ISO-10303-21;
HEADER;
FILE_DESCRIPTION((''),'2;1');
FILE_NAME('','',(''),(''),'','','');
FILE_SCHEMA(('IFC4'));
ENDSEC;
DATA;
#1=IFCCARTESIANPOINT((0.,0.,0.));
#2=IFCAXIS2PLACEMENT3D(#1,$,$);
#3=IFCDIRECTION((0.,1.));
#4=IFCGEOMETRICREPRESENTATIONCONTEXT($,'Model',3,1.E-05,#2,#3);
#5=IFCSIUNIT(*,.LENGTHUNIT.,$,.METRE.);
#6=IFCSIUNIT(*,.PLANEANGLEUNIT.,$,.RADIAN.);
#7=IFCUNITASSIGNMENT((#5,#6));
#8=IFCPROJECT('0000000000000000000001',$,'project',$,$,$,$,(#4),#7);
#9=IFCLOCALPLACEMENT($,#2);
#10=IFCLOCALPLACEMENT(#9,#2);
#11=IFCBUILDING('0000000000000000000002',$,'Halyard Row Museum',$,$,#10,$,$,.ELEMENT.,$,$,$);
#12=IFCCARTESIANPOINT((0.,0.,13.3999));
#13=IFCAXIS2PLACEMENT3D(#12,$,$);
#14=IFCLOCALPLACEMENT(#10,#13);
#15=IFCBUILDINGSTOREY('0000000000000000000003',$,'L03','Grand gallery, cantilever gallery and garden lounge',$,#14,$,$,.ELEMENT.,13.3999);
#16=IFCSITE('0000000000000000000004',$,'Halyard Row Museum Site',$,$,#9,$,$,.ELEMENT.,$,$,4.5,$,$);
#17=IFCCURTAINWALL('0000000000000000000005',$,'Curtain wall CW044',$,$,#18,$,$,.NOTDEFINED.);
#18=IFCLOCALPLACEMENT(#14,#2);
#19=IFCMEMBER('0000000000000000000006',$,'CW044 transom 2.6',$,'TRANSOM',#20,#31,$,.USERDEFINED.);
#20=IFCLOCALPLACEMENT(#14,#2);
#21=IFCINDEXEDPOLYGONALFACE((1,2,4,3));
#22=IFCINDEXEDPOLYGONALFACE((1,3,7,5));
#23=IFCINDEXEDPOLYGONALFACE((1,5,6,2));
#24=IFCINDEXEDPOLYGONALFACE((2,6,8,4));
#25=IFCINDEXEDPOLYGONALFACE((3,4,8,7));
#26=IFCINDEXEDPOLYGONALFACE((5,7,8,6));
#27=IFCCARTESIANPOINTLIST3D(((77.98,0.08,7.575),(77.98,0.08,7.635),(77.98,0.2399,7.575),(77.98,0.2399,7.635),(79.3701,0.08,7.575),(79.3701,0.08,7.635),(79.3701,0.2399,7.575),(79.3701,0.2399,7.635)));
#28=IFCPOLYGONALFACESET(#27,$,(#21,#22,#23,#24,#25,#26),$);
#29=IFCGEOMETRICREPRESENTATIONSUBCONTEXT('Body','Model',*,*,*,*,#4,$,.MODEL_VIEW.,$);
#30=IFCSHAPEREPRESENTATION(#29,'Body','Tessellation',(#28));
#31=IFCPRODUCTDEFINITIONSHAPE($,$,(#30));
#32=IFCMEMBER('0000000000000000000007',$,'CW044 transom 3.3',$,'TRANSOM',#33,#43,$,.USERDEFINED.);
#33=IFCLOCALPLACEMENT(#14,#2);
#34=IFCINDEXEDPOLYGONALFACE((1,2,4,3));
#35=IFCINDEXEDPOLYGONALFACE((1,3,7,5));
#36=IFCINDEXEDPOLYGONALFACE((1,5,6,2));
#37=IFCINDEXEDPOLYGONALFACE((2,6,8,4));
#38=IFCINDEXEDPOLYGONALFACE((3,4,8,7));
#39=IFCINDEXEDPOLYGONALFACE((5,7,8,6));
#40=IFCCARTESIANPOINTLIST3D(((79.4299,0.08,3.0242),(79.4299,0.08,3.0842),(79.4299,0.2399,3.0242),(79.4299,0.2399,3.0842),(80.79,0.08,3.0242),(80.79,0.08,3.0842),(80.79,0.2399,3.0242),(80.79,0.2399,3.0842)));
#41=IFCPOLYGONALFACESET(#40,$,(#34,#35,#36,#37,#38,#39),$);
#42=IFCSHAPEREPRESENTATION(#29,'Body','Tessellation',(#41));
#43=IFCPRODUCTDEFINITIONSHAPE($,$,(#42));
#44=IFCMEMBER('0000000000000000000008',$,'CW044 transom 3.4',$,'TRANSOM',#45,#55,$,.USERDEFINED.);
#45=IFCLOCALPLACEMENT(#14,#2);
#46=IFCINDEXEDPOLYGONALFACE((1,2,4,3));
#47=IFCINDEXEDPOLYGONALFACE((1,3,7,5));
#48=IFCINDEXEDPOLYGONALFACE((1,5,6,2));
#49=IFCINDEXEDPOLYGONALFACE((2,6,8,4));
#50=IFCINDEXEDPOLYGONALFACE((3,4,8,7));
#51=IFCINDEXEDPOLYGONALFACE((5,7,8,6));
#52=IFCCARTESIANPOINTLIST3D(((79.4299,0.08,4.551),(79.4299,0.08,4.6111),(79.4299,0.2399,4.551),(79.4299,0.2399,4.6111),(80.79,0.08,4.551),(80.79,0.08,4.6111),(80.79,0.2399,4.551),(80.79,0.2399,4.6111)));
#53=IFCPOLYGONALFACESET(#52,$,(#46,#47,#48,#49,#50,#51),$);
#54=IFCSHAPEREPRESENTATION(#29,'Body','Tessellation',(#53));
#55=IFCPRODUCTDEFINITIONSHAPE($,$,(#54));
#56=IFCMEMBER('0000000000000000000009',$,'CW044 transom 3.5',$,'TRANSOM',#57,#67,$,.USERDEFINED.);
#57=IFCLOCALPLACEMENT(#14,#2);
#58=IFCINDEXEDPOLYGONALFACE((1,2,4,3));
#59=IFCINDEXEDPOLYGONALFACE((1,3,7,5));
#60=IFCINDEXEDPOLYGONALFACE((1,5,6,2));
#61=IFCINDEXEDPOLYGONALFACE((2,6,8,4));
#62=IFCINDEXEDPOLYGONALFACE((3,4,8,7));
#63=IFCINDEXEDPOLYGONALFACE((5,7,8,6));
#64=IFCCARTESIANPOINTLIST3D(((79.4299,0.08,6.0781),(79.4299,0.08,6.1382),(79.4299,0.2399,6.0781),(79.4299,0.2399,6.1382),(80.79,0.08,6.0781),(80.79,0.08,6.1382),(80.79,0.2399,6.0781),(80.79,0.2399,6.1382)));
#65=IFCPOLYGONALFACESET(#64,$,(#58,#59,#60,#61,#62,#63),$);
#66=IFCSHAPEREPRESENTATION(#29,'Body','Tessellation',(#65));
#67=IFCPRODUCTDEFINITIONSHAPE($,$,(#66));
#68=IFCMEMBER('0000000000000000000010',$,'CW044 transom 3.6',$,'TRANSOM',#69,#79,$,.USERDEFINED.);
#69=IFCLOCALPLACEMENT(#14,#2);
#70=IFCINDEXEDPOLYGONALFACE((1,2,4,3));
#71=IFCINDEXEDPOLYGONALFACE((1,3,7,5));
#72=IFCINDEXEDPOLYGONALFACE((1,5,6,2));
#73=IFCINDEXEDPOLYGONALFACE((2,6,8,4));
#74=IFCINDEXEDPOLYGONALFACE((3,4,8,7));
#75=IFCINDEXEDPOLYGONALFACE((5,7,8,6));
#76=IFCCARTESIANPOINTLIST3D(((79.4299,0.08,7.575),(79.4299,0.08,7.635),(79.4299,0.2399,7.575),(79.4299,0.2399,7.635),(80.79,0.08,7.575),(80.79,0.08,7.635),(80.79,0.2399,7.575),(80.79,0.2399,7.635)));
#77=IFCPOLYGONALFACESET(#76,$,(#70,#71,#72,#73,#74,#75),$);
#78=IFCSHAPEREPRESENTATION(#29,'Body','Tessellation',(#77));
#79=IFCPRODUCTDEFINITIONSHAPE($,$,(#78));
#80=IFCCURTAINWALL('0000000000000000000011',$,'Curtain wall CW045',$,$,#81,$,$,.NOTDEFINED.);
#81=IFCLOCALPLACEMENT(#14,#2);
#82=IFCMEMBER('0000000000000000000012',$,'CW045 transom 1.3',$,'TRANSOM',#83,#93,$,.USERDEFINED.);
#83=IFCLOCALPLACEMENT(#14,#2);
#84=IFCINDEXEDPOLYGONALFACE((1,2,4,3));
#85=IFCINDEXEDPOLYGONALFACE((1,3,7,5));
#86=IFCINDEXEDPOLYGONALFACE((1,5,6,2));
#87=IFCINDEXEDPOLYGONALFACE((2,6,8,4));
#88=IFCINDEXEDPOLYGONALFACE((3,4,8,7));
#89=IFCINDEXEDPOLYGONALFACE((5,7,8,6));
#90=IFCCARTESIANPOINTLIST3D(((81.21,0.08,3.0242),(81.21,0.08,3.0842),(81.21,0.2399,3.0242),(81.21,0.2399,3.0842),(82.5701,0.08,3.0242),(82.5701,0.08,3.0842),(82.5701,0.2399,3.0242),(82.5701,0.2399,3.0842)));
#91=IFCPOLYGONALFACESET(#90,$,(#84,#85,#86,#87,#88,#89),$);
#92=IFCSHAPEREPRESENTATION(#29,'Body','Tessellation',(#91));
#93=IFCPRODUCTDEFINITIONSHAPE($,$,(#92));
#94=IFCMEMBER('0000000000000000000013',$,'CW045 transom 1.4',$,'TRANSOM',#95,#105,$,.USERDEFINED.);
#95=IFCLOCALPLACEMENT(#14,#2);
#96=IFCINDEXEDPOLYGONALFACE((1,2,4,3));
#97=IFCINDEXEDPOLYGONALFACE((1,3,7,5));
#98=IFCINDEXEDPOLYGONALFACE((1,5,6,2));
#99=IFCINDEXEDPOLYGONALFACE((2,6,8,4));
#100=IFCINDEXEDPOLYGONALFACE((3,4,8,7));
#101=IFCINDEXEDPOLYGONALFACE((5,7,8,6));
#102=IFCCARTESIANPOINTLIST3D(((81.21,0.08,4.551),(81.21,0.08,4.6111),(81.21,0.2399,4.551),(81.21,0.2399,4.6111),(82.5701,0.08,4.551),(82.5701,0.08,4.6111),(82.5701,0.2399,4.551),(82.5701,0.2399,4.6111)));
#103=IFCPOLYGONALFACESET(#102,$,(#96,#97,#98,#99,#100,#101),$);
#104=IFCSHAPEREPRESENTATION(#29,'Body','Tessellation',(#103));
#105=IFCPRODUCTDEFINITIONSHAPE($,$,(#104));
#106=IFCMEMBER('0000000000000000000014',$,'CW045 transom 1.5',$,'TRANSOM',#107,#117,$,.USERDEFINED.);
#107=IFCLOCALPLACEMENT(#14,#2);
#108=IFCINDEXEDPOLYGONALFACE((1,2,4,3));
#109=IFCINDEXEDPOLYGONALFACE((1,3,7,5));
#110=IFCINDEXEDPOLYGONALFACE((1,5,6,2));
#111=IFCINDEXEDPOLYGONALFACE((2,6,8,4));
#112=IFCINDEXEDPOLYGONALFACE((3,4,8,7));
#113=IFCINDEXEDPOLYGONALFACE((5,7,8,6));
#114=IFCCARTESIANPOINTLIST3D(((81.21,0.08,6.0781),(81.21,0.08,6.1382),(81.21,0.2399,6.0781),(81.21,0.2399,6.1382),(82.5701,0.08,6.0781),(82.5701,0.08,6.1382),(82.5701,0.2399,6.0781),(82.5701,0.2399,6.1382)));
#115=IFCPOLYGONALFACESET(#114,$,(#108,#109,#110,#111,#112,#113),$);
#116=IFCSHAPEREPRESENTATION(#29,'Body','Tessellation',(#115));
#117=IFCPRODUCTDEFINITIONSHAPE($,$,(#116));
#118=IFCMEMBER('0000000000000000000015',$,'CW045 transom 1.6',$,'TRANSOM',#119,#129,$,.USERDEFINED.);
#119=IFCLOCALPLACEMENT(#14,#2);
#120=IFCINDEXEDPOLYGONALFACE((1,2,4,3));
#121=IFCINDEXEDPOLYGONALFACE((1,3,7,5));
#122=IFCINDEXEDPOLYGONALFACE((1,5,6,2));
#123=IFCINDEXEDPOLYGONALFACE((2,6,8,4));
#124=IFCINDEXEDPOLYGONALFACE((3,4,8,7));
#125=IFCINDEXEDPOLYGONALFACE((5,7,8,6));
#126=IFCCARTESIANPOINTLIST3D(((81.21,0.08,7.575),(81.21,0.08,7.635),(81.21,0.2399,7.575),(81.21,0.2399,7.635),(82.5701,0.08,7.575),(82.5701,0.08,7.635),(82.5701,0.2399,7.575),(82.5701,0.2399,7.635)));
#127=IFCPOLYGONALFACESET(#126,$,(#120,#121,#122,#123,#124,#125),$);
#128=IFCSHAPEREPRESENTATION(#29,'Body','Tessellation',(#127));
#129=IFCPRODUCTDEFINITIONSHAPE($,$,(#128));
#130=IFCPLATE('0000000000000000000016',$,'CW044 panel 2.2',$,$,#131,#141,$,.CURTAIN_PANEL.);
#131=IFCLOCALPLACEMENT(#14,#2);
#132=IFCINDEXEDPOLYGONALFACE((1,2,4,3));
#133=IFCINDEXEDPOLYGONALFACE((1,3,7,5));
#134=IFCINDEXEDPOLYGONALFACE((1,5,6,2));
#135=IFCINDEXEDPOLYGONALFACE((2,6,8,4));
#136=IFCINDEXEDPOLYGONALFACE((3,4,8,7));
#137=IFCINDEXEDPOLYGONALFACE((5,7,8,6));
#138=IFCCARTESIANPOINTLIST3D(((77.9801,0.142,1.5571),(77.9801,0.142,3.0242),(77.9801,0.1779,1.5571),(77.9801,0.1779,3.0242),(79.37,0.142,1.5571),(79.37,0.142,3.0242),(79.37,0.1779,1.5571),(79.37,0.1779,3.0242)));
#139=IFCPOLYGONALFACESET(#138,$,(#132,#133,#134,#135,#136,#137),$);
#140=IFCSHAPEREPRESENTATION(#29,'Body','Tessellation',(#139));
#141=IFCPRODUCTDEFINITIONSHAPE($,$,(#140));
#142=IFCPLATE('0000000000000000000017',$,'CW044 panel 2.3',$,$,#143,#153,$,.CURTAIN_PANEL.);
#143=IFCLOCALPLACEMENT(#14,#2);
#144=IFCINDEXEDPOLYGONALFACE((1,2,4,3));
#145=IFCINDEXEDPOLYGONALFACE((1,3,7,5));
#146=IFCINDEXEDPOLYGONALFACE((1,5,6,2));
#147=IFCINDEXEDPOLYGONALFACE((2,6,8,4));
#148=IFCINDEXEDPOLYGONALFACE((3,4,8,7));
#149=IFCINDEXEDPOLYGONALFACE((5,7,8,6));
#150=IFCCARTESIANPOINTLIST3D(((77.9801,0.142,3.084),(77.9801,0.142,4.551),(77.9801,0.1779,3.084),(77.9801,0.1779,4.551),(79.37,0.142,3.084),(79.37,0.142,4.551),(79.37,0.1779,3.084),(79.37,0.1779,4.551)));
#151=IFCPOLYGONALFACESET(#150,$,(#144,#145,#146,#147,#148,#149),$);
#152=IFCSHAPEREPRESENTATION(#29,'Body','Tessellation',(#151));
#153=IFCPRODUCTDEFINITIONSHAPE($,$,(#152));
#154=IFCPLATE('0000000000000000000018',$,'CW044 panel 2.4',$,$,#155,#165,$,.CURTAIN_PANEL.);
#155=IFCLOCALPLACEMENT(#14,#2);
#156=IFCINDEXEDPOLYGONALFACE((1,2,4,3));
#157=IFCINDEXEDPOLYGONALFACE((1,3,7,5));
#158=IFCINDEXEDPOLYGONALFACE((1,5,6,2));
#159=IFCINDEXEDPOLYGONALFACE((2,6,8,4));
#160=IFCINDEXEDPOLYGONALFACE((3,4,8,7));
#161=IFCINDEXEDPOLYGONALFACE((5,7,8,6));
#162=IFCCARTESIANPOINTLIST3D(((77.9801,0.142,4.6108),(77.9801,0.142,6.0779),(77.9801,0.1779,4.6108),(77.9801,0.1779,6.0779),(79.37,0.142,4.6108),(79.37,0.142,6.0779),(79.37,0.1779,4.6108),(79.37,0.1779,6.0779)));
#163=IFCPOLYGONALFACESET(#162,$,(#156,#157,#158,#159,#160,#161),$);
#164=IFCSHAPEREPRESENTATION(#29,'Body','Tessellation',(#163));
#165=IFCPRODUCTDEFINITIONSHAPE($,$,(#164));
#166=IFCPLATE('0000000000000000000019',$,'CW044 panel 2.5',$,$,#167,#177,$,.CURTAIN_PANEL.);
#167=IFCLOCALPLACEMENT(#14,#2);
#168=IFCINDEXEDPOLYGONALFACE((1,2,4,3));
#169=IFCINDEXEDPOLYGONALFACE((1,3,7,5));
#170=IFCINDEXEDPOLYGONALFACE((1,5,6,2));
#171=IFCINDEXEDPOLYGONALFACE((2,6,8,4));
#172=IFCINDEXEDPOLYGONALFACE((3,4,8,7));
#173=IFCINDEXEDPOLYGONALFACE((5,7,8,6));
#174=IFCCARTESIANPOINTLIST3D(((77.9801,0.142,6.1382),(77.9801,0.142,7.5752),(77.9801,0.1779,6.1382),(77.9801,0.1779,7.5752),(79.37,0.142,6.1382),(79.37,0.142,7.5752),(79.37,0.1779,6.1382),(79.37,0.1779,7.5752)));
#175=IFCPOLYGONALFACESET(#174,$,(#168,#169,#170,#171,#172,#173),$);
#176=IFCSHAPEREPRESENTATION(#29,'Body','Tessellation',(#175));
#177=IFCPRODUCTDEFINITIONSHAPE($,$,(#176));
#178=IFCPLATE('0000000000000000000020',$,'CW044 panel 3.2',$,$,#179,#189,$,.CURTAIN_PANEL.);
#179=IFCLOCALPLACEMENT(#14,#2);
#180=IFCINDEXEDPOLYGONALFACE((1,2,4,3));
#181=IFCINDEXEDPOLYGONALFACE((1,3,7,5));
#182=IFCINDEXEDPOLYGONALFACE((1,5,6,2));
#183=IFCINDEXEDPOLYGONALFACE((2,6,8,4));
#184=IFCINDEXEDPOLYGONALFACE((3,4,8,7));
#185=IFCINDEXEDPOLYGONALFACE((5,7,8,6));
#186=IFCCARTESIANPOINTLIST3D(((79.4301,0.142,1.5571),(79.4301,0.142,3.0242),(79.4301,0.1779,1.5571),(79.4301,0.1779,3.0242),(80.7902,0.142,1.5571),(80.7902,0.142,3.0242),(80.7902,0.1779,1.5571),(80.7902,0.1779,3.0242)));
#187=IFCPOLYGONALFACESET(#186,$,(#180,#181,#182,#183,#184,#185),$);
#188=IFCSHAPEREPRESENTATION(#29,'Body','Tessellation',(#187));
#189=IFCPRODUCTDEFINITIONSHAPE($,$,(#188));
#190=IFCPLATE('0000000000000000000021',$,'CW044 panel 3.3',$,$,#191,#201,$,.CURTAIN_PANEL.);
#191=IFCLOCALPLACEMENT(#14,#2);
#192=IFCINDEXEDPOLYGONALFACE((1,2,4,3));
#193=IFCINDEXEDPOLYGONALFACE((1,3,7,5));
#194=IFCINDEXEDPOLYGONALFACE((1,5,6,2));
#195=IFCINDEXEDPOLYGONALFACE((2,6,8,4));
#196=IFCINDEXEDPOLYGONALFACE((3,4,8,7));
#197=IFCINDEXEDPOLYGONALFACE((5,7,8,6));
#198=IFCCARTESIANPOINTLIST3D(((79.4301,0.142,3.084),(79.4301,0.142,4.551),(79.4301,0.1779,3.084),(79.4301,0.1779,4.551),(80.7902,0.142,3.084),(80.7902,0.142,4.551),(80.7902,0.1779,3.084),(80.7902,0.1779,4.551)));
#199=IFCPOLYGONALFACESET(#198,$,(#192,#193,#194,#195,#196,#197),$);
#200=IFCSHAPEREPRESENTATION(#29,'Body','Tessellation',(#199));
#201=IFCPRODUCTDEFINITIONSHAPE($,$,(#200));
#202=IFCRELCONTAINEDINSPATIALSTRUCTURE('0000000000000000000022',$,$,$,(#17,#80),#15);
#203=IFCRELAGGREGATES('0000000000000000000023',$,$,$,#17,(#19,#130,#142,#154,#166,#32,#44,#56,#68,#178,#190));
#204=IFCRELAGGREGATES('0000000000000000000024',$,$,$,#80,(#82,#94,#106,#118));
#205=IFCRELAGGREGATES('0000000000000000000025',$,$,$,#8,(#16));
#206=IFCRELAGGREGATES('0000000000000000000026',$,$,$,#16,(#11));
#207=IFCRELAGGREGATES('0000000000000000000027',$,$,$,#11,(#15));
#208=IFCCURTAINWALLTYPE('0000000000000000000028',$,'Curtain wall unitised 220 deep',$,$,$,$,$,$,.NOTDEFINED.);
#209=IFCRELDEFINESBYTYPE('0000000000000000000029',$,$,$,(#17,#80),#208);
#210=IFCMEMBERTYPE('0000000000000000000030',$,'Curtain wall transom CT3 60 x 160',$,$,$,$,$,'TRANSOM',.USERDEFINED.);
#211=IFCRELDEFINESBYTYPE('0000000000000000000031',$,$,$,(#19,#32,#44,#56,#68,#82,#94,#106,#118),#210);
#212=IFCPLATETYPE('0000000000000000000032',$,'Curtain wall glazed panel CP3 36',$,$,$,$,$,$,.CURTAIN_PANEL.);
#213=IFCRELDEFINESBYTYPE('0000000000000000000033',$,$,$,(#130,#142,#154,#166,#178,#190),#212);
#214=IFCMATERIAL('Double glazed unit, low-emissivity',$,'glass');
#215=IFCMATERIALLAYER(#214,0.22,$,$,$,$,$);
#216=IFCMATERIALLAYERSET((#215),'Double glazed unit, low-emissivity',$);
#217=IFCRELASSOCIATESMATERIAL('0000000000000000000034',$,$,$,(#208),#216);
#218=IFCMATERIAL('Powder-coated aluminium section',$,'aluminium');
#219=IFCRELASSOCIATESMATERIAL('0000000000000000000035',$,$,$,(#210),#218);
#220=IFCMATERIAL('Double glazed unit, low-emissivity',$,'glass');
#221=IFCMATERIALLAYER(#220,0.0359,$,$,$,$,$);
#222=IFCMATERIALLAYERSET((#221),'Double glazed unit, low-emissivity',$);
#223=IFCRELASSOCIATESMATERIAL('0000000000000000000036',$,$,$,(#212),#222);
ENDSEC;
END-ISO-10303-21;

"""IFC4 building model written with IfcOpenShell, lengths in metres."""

from ifc_helpers import new_model, si_unit, direction, frame, origin, origin_2d, place, context, subcontext, project, spatial, rectangle, extrude, material, layer, layer_set, material_profile, profile_set, type_object, element, aggregate, save


model = new_model("IFC4")

# Units and contexts
model_context = context("Model", 3, precision=1e-05, world=origin(), true_north=direction((0.0, 1.0)))
body_context = subcontext(model_context, "Body", "Model", "MODEL_VIEW")
ifc_project = project(units=[si_unit("LENGTHUNIT", "METRE"), si_unit("PLANEANGLEUNIT", "RADIAN")], contexts=[model_context])

# Site, building, storey
site_placement = place(None, origin())
site = spatial("IfcSite", under=ifc_project, at=site_placement, Name="Halyard Row Museum Site", CompositionType="ELEMENT", RefElevation=4.5)
building_placement = place(site_placement, origin())
building = spatial("IfcBuilding", under=site, at=building_placement, Name="Halyard Row Museum", CompositionType="ELEMENT")
storey_placement = place(building_placement, frame((0.0, 0.0, 13.3999)))
storey = spatial("IfcBuildingStorey", under=building, at=storey_placement, Name="L03", Description="Grand gallery, cantilever gallery and garden lounge", CompositionType="ELEMENT", Elevation=13.3999)

# Curtain walls, members
ifc_material_1 = material(Name="Double glazed unit, low-emissivity", Category="glass")
ifc_layer_1 = layer(ifc_material_1, 0.22)
ifc_layer_set_1 = layer_set([ifc_layer_1], Name="Double glazed unit, low-emissivity")
curtain_wall_type = type_object("IfcCurtainWallType", Name="Curtain wall unitised 220 deep", PredefinedType="NOTDEFINED", material=ifc_layer_set_1)
curtain_wall_1_placement = place(storey_placement, origin())
curtain_wall_1 = element("IfcCurtainWall", 1, at=curtain_wall_1_placement, inside=storey, type_object=curtain_wall_type, Name="Curtain wall CW044", PredefinedType="NOTDEFINED")
ifc_material_2 = material(Name="Powder-coated aluminium section", Category="aluminium")
ifc_material_profile = material_profile(ifc_material_2, rectangle(XDim=0.1599, YDim=0.0601, at=origin_2d()), Name="160x60 transom")
ifc_profile_set = profile_set([ifc_material_profile], Name="Powder-coated aluminium section")
member_type = type_object("IfcMemberType", Name="Curtain wall transom CT3 60 x 160", ElementType="TRANSOM", PredefinedType="USERDEFINED", material=ifc_profile_set)
member_1_placement = place(storey_placement, frame((77.98, 0.1599, 7.605), z_axis=(1.0, 0.0, 0.0), x_axis=(0.0, 1.0, 0.0)))
member_1 = element("IfcMember", 2, at=member_1_placement, type_object=member_type, Name="CW044 transom 2.6", ObjectType="TRANSOM", PredefinedType="USERDEFINED", context=body_context, shape_type="SweptSolid", body=[
    extrude(rectangle(XDim=0.1599, YDim=0.0601, at=origin_2d()), origin(), (0.0, 0.0, 1.0), 1.3901),
])
member_2_placement = place(storey_placement, frame((79.4299, 0.1599, 3.0542), z_axis=(1.0, 0.0, 0.0), x_axis=(0.0, 1.0, 0.0)))
member_2 = element("IfcMember", 3, at=member_2_placement, type_object=member_type, Name="CW044 transom 3.3", ObjectType="TRANSOM", PredefinedType="USERDEFINED", context=body_context, shape_type="SweptSolid", body=[
    extrude(rectangle(XDim=0.1599, YDim=0.0601, at=origin_2d()), origin(), (0.0, 0.0, 1.0), 1.3601),
])
member_3_placement = place(storey_placement, frame((79.4299, 0.1599, 4.5811), z_axis=(1.0, 0.0, 0.0), x_axis=(0.0, 1.0, 0.0)))
member_3 = element("IfcMember", 4, at=member_3_placement, type_object=member_type, Name="CW044 transom 3.4", ObjectType="TRANSOM", PredefinedType="USERDEFINED", context=body_context, shape_type="SweptSolid", body=[
    extrude(rectangle(XDim=0.1599, YDim=0.0601, at=origin_2d()), origin(), (0.0, 0.0, 1.0), 1.3601),
])
member_4_placement = place(storey_placement, frame((79.4299, 0.1599, 6.1082), z_axis=(1.0, 0.0, 0.0), x_axis=(0.0, 1.0, 0.0)))
member_4 = element("IfcMember", 5, at=member_4_placement, type_object=member_type, Name="CW044 transom 3.5", ObjectType="TRANSOM", PredefinedType="USERDEFINED", context=body_context, shape_type="SweptSolid", body=[
    extrude(rectangle(XDim=0.1599, YDim=0.0601, at=origin_2d()), origin(), (0.0, 0.0, 1.0), 1.3601),
])
member_5_placement = place(storey_placement, frame((79.4299, 0.1599, 7.605), z_axis=(1.0, 0.0, 0.0), x_axis=(0.0, 1.0, 0.0)))
member_5 = element("IfcMember", 6, at=member_5_placement, type_object=member_type, Name="CW044 transom 3.6", ObjectType="TRANSOM", PredefinedType="USERDEFINED", context=body_context, shape_type="SweptSolid", body=[
    extrude(rectangle(XDim=0.1599, YDim=0.0601, at=origin_2d()), origin(), (0.0, 0.0, 1.0), 1.3601),
])
curtain_wall_2_placement = place(storey_placement, origin())
curtain_wall_2 = element("IfcCurtainWall", 7, at=curtain_wall_2_placement, inside=storey, type_object=curtain_wall_type, Name="Curtain wall CW045", PredefinedType="NOTDEFINED")
member_6_placement = place(storey_placement, frame((81.21, 0.1599, 3.0542), z_axis=(1.0, 0.0, 0.0), x_axis=(0.0, 1.0, 0.0)))
member_6 = element("IfcMember", 8, at=member_6_placement, type_object=member_type, Name="CW045 transom 1.3", ObjectType="TRANSOM", PredefinedType="USERDEFINED", context=body_context, shape_type="SweptSolid", body=[
    extrude(rectangle(XDim=0.1599, YDim=0.0601, at=origin_2d()), origin(), (0.0, 0.0, 1.0), 1.3601),
])
member_7_placement = place(storey_placement, frame((81.21, 0.1599, 4.5811), z_axis=(1.0, 0.0, 0.0), x_axis=(0.0, 1.0, 0.0)))
member_7 = element("IfcMember", 9, at=member_7_placement, type_object=member_type, Name="CW045 transom 1.4", ObjectType="TRANSOM", PredefinedType="USERDEFINED", context=body_context, shape_type="SweptSolid", body=[
    extrude(rectangle(XDim=0.1599, YDim=0.0601, at=origin_2d()), origin(), (0.0, 0.0, 1.0), 1.3601),
])
member_8_placement = place(storey_placement, frame((81.21, 0.1599, 6.1082), z_axis=(1.0, 0.0, 0.0), x_axis=(0.0, 1.0, 0.0)))
member_8 = element("IfcMember", 10, at=member_8_placement, type_object=member_type, Name="CW045 transom 1.5", ObjectType="TRANSOM", PredefinedType="USERDEFINED", context=body_context, shape_type="SweptSolid", body=[
    extrude(rectangle(XDim=0.1599, YDim=0.0601, at=origin_2d()), origin(), (0.0, 0.0, 1.0), 1.3601),
])
member_9_placement = place(storey_placement, frame((81.21, 0.1599, 7.605), z_axis=(1.0, 0.0, 0.0), x_axis=(0.0, 1.0, 0.0)))
member_9 = element("IfcMember", 11, at=member_9_placement, type_object=member_type, Name="CW045 transom 1.6", ObjectType="TRANSOM", PredefinedType="USERDEFINED", context=body_context, shape_type="SweptSolid", body=[
    extrude(rectangle(XDim=0.1599, YDim=0.0601, at=origin_2d()), origin(), (0.0, 0.0, 1.0), 1.3601),
])

# Plates
ifc_material_3 = material(Name="Double glazed unit, low-emissivity", Category="glass")
ifc_layer_2 = layer(ifc_material_3, 0.0359)
ifc_layer_set_2 = layer_set([ifc_layer_2], Name="Double glazed unit, low-emissivity")
plate_type = type_object("IfcPlateType", Name="Curtain wall glazed panel CP3 36", PredefinedType="CURTAIN_PANEL", material=ifc_layer_set_2)
plate_1_placement = place(storey_placement, frame((78.675, 0.1599, 1.5571), z_axis=(0.0, 0.0, 1.0), x_axis=(1.0, 0.0, 0.0)))
plate_1 = element("IfcPlate", 12, at=plate_1_placement, type_object=plate_type, Name="CW044 panel 2.2", PredefinedType="CURTAIN_PANEL", context=body_context, shape_type="SweptSolid", body=[
    extrude(rectangle(XDim=1.3899, YDim=0.0359, at=origin_2d()), origin(), (0.0, 0.0, 1.0), 1.467),
])
plate_2_placement = place(storey_placement, frame((78.675, 0.1599, 3.084), z_axis=(0.0, 0.0, 1.0), x_axis=(1.0, 0.0, 0.0)))
plate_2 = element("IfcPlate", 13, at=plate_2_placement, type_object=plate_type, Name="CW044 panel 2.3", PredefinedType="CURTAIN_PANEL", context=body_context, shape_type="SweptSolid", body=[
    extrude(rectangle(XDim=1.3899, YDim=0.0359, at=origin_2d()), origin(), (0.0, 0.0, 1.0), 1.467),
])
plate_3_placement = place(storey_placement, frame((78.675, 0.1599, 4.6108), z_axis=(0.0, 0.0, 1.0), x_axis=(1.0, 0.0, 0.0)))
plate_3 = element("IfcPlate", 14, at=plate_3_placement, type_object=plate_type, Name="CW044 panel 2.4", PredefinedType="CURTAIN_PANEL", context=body_context, shape_type="SweptSolid", body=[
    extrude(rectangle(XDim=1.3899, YDim=0.0359, at=origin_2d()), origin(), (0.0, 0.0, 1.0), 1.467),
])
plate_4_placement = place(storey_placement, frame((78.675, 0.1599, 6.1382), z_axis=(0.0, 0.0, 1.0), x_axis=(1.0, 0.0, 0.0)))
plate_4 = element("IfcPlate", 15, at=plate_4_placement, type_object=plate_type, Name="CW044 panel 2.5", PredefinedType="CURTAIN_PANEL", context=body_context, shape_type="SweptSolid", body=[
    extrude(rectangle(XDim=1.3899, YDim=0.0359, at=origin_2d()), origin(), (0.0, 0.0, 1.0), 1.437),
])
plate_5_placement = place(storey_placement, frame((80.1101, 0.1599, 1.5571), z_axis=(0.0, 0.0, 1.0), x_axis=(1.0, 0.0, 0.0)))
plate_5 = element("IfcPlate", 16, at=plate_5_placement, type_object=plate_type, Name="CW044 panel 3.2", PredefinedType="CURTAIN_PANEL", context=body_context, shape_type="SweptSolid", body=[
    extrude(rectangle(XDim=1.3601, YDim=0.0359, at=origin_2d()), origin(), (0.0, 0.0, 1.0), 1.467),
])
plate_6_placement = place(storey_placement, frame((80.1101, 0.1599, 3.084), z_axis=(0.0, 0.0, 1.0), x_axis=(1.0, 0.0, 0.0)))
plate_6 = element("IfcPlate", 17, at=plate_6_placement, type_object=plate_type, Name="CW044 panel 3.3", PredefinedType="CURTAIN_PANEL", context=body_context, shape_type="SweptSolid", body=[
    extrude(rectangle(XDim=1.3601, YDim=0.0359, at=origin_2d()), origin(), (0.0, 0.0, 1.0), 1.467),
])
aggregate(curtain_wall_1, [member_1, plate_1, plate_2, plate_3, plate_4, member_2, member_3, member_4, member_5, plate_5, plate_6])
aggregate(curtain_wall_2, [member_6, member_7, member_8, member_9])

save(model, "model.ifc")
